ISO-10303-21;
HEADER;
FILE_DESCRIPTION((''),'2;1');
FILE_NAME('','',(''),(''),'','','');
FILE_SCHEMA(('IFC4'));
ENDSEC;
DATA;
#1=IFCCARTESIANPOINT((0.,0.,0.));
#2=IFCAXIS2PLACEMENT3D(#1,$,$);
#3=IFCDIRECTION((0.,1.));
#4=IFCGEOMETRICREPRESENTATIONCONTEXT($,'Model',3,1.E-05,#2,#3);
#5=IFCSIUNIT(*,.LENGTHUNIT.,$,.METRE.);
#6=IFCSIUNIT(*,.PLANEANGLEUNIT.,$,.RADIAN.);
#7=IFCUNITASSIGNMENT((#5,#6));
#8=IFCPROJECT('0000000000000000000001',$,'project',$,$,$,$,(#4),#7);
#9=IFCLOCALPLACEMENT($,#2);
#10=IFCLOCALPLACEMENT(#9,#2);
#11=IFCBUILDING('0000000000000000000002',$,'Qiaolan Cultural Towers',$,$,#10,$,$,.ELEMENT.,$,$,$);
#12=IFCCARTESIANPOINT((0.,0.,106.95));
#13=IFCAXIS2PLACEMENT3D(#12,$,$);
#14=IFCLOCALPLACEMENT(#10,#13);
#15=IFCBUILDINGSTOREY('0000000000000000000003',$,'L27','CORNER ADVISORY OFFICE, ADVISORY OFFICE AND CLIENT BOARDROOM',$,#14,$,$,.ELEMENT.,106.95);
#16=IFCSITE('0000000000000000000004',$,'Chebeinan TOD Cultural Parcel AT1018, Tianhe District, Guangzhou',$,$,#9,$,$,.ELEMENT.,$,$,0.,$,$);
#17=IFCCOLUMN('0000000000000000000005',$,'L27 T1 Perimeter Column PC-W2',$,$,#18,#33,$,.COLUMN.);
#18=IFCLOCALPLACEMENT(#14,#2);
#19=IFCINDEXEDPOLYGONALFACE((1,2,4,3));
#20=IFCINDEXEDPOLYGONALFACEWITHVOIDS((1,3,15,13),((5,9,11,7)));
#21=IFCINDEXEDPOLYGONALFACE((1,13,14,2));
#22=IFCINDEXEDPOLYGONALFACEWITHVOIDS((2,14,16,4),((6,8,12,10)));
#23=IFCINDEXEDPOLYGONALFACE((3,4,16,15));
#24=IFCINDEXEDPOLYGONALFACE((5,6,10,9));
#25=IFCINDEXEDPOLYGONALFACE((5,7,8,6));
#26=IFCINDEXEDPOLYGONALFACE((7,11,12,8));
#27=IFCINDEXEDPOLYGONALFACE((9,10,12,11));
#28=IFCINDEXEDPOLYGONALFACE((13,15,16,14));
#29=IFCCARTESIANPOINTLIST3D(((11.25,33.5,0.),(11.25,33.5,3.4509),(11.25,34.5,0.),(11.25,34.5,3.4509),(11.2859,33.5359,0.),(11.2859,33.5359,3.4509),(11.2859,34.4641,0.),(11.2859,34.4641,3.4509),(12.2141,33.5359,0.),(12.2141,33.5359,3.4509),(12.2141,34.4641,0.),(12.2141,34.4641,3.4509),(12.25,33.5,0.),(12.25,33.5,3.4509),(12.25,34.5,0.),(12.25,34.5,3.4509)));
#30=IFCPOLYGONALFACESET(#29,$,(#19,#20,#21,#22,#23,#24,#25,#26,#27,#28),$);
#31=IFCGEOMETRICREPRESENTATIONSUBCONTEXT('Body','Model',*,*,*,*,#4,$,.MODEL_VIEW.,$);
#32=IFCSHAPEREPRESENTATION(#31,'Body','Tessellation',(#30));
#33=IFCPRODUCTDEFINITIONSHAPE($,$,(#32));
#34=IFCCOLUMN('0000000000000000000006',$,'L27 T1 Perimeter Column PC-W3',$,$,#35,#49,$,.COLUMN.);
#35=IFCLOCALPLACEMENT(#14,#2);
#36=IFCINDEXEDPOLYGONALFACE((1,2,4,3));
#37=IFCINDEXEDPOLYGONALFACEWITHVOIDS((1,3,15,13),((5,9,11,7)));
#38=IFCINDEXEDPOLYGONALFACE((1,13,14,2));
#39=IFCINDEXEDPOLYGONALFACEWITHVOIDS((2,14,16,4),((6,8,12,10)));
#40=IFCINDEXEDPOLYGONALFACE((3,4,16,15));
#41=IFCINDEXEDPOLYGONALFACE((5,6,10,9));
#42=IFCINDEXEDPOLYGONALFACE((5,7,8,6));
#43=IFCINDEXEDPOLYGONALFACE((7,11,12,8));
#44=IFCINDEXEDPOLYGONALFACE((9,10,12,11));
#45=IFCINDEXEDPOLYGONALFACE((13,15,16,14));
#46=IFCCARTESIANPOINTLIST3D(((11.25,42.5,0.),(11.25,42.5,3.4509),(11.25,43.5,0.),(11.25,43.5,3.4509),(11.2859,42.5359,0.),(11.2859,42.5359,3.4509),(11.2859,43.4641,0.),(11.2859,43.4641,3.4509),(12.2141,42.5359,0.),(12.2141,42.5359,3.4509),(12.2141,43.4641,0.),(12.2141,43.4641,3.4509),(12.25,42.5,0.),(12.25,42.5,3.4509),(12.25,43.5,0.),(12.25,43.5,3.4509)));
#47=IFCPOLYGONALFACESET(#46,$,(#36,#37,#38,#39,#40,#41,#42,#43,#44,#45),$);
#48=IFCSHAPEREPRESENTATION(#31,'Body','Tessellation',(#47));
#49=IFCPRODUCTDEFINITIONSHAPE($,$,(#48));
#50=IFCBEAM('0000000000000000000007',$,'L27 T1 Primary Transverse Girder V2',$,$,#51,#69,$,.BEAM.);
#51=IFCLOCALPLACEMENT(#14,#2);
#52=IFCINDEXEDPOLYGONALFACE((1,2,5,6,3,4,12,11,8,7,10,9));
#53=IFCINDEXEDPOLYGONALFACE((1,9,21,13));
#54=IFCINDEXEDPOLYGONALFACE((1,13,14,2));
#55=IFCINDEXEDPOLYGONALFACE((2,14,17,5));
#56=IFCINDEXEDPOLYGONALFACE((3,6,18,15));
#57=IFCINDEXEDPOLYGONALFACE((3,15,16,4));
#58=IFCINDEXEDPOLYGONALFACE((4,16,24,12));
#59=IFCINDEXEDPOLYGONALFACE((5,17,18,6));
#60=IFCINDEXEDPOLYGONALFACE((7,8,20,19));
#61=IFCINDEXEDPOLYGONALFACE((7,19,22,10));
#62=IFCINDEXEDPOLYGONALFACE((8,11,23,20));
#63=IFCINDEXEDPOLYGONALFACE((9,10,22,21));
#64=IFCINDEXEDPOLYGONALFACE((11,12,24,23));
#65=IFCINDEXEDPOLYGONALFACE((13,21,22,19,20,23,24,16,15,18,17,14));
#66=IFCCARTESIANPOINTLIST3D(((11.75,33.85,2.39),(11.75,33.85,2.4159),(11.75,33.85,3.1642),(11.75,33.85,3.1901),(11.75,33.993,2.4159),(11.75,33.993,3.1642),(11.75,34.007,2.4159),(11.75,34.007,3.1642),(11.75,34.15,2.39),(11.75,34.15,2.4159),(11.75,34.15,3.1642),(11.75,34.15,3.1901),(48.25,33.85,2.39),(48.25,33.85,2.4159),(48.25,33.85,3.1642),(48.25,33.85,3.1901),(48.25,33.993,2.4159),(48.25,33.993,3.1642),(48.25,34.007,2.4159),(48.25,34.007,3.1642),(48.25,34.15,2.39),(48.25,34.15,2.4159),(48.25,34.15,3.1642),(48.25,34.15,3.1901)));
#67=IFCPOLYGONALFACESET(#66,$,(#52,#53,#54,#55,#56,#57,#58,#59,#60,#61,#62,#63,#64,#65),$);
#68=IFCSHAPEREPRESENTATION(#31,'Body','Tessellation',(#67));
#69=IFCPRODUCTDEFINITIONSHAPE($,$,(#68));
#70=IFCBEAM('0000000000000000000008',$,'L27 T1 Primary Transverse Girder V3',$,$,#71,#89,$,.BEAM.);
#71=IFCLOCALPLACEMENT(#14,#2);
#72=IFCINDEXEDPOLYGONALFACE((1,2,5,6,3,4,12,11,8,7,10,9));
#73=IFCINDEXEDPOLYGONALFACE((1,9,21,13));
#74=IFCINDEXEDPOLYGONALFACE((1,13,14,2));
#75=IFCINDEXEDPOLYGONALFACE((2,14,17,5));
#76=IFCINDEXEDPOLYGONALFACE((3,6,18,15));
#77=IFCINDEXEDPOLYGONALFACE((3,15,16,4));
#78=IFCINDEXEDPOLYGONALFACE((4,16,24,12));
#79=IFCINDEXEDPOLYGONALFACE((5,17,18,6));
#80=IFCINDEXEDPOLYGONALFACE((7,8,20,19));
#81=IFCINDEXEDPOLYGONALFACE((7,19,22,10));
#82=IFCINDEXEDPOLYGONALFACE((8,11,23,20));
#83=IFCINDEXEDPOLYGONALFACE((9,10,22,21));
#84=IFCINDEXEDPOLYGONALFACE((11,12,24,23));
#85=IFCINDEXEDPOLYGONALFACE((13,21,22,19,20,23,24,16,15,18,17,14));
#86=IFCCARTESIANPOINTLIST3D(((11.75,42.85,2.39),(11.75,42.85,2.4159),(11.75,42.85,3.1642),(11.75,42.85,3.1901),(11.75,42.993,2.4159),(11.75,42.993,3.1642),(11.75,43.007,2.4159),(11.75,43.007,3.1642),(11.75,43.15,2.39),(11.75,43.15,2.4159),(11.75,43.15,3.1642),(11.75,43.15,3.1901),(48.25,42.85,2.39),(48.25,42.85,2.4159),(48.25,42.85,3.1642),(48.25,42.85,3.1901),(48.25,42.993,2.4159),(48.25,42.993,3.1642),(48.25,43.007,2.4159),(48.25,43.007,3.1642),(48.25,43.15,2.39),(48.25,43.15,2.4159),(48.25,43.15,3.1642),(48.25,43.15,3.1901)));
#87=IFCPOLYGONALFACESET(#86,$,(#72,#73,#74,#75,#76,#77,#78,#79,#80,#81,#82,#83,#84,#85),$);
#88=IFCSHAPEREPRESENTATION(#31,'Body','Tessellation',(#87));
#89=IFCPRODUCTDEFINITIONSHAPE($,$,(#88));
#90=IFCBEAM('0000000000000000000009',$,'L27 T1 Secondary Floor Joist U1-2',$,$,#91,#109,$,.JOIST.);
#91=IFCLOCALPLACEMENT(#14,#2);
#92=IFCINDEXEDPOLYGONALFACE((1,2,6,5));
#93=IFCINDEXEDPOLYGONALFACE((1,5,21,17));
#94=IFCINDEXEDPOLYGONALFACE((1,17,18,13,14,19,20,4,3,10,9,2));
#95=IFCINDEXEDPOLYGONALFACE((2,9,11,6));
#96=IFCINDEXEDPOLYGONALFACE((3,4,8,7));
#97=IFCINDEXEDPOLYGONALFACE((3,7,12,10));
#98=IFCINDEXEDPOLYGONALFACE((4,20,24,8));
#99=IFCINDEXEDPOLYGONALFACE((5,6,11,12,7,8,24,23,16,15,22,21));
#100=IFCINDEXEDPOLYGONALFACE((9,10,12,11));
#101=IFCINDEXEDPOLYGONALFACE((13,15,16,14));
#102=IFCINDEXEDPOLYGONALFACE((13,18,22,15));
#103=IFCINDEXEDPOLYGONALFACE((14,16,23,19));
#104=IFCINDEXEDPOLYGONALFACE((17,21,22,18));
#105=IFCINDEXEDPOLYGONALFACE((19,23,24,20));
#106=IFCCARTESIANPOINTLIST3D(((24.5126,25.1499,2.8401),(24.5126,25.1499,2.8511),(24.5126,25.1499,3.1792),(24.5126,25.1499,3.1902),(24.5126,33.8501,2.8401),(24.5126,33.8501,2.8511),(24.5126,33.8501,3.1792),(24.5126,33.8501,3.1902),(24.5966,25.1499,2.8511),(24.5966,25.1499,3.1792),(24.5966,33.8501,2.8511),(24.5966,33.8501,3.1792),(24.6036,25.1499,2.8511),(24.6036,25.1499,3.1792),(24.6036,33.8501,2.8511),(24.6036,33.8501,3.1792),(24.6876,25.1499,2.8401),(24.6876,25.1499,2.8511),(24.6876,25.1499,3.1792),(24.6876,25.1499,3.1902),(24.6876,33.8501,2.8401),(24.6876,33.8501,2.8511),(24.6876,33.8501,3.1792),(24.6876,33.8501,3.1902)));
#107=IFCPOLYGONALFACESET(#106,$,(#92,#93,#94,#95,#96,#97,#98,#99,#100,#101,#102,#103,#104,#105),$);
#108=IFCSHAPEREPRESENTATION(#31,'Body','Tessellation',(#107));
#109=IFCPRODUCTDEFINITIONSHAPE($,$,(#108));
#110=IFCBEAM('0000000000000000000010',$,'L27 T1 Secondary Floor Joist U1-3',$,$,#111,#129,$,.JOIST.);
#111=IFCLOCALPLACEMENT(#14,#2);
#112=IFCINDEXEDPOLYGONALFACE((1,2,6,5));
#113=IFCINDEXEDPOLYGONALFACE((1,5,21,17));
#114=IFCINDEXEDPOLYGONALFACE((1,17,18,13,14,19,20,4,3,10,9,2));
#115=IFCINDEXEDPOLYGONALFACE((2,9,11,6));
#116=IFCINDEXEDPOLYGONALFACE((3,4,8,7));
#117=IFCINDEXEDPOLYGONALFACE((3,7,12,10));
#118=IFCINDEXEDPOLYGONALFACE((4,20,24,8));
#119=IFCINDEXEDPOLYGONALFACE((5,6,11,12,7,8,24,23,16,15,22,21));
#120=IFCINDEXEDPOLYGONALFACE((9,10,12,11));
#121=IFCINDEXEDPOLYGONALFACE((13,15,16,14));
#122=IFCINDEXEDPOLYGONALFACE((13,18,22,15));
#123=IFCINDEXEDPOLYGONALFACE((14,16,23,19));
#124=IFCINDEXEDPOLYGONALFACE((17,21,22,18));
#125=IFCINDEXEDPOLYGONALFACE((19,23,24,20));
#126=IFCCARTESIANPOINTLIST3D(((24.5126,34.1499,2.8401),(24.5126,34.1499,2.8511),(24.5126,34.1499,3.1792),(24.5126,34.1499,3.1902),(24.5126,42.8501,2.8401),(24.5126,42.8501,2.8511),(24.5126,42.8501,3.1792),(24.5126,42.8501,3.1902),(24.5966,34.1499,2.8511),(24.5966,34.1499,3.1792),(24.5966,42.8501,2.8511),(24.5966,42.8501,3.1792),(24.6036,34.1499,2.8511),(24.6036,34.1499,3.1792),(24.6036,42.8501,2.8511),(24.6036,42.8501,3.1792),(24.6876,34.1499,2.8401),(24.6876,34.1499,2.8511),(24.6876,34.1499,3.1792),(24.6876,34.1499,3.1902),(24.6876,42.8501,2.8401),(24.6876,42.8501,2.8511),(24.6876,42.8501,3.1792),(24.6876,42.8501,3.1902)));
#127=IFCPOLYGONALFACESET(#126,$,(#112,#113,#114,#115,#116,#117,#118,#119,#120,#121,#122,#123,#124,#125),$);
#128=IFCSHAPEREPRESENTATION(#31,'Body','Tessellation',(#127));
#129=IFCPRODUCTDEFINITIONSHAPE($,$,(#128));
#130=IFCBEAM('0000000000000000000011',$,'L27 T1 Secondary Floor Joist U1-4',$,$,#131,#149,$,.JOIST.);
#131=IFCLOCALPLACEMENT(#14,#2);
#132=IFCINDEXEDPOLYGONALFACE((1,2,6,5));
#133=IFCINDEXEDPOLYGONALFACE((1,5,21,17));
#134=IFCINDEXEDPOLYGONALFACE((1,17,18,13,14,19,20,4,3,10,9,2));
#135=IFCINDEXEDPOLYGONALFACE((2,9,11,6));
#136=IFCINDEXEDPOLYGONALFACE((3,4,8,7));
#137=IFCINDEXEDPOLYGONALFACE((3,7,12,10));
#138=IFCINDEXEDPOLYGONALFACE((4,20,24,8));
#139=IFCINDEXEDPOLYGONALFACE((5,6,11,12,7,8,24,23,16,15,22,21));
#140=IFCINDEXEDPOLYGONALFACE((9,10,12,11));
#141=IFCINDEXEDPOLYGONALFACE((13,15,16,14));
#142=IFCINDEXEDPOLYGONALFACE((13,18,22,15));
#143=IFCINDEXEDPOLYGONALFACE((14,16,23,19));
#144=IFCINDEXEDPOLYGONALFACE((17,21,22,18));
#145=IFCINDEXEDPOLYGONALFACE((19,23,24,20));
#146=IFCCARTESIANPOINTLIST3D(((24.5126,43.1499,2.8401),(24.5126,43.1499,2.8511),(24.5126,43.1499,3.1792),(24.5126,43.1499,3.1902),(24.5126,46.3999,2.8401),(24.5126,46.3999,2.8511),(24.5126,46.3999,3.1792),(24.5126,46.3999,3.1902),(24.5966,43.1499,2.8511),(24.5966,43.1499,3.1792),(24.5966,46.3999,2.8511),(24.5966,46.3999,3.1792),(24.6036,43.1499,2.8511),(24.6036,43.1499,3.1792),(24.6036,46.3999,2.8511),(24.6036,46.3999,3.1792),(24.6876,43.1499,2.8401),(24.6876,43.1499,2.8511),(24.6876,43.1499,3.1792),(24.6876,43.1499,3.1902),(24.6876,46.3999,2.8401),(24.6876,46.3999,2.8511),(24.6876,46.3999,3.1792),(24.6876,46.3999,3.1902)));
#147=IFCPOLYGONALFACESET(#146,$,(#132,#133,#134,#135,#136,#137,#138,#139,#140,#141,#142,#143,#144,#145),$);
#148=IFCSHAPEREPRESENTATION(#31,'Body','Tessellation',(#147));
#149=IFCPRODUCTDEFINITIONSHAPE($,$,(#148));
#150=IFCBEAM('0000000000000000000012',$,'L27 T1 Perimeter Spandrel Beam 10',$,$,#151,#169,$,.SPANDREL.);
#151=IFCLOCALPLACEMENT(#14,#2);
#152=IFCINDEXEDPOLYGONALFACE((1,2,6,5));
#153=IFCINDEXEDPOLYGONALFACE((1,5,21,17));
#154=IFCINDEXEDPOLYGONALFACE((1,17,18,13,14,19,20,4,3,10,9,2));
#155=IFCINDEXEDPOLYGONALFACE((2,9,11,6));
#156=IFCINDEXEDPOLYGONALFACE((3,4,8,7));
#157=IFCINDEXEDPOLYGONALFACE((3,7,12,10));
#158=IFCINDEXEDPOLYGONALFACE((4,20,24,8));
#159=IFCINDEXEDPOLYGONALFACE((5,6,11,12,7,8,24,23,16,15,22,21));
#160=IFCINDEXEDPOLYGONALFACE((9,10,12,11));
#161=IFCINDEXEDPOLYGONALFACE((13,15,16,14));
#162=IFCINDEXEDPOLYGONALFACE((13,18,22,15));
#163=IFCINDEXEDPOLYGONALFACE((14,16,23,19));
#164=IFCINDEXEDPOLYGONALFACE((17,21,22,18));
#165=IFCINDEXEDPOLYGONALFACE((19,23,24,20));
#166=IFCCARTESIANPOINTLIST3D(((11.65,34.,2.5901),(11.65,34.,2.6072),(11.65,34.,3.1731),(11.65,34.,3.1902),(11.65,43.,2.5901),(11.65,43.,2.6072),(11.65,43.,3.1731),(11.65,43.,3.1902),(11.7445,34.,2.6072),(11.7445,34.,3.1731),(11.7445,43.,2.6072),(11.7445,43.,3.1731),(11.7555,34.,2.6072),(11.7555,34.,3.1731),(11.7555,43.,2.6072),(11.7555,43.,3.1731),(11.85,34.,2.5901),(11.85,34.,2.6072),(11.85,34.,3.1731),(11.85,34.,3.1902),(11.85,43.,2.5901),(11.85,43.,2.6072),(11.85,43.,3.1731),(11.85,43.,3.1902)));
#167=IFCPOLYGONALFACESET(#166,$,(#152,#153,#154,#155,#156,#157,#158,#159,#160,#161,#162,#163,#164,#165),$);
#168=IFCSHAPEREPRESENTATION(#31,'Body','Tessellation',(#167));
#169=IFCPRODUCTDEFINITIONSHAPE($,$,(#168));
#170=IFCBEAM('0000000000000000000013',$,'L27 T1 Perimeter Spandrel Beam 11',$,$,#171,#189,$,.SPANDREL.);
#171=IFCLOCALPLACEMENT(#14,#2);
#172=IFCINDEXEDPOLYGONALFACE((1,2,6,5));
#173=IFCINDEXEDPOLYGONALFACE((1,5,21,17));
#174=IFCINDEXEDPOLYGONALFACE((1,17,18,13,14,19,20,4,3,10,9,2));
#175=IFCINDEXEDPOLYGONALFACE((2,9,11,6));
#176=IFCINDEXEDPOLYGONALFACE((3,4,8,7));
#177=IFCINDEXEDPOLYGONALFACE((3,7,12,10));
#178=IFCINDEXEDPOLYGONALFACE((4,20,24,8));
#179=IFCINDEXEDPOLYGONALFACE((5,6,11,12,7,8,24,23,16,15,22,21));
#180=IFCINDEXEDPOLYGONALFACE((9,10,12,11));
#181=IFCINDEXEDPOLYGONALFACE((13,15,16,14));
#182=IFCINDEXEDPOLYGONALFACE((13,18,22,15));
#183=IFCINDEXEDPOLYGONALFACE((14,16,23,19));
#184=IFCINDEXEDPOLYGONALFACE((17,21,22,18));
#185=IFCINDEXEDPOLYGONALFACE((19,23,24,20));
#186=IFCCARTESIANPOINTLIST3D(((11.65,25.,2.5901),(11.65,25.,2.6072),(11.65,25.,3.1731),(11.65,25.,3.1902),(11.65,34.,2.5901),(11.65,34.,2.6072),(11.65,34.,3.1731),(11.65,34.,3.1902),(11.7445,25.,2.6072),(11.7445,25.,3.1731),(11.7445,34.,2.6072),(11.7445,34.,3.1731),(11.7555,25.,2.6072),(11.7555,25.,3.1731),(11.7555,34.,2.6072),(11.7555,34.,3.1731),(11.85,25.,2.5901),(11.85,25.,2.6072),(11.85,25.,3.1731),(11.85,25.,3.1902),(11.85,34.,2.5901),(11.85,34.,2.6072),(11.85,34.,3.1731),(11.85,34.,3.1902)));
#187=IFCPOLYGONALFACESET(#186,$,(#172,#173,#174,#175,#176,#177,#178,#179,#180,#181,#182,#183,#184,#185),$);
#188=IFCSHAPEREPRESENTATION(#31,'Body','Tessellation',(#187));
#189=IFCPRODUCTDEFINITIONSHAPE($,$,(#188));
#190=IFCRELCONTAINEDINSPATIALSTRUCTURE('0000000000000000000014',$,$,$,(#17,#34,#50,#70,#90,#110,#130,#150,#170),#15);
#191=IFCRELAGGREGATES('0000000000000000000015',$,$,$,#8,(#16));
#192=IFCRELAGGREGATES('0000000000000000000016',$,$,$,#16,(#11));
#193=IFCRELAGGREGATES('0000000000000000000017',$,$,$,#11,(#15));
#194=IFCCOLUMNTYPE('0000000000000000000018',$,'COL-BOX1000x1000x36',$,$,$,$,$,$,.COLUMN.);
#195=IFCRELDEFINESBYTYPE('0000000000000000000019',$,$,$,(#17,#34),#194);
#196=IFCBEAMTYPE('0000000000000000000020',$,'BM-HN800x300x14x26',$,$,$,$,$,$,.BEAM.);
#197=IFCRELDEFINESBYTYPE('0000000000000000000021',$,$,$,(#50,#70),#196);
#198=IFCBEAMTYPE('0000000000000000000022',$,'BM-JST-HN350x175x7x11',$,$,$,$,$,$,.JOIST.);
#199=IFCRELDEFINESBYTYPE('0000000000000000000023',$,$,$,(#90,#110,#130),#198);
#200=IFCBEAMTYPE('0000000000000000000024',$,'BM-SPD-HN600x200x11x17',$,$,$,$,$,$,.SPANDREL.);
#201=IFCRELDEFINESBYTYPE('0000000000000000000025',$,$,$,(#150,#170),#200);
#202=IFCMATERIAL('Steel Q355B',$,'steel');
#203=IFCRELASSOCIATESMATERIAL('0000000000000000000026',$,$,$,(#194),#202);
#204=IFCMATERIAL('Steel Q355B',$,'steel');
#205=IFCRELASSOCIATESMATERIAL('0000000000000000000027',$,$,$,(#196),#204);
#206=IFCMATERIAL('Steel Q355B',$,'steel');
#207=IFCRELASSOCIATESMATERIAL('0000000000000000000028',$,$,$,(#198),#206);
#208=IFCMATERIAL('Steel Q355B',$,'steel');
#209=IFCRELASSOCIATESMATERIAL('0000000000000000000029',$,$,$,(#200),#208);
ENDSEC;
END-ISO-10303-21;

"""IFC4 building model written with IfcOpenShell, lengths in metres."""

from ifc_helpers import new_model, si_unit, direction, frame, origin, origin_2d, place, context, subcontext, project, spatial, hollow_rectangle, i_section, extrude, material, material_profile, profile_set, type_object, element, save


model = new_model("IFC4")

# Units and contexts
model_context = context("Model", 3, precision=1e-05, world=origin(), true_north=direction((0.0, 1.0)))
body_context = subcontext(model_context, "Body", "Model", "MODEL_VIEW")
ifc_project = project(units=[si_unit("LENGTHUNIT", "METRE"), si_unit("PLANEANGLEUNIT", "RADIAN")], contexts=[model_context])

# Site, building, storey
site_placement = place(None, origin())
site = spatial("IfcSite", under=ifc_project, at=site_placement, Name="Chebeinan TOD Cultural Parcel AT1018, Tianhe District, Guangzhou", CompositionType="ELEMENT", RefElevation=0.0)
building_placement = place(site_placement, origin())
building = spatial("IfcBuilding", under=site, at=building_placement, Name="Qiaolan Cultural Towers", CompositionType="ELEMENT")
storey_placement = place(building_placement, frame((0.0, 0.0, 106.95)))
storey = spatial("IfcBuildingStorey", under=building, at=storey_placement, Name="L27", Description="CORNER ADVISORY OFFICE, ADVISORY OFFICE AND CLIENT BOARDROOM", CompositionType="ELEMENT", Elevation=106.95)

# Columns
ifc_material_1 = material(Name="Steel Q355B", Category="steel")
ifc_material_profile_1 = material_profile(ifc_material_1, hollow_rectangle(XDim=1.0, YDim=1.0, WallThickness=0.0359, at=origin_2d()), Name="BOX1000x1000x36")
ifc_profile_set_1 = profile_set([ifc_material_profile_1], Name="Steel Q355B")
column_type = type_object("IfcColumnType", Name="COL-BOX1000x1000x36", PredefinedType="COLUMN", material=ifc_profile_set_1)
for number, where, z_axis, x_axis, name in (
    (1, (11.75, 34.0, 0.0), (0.0, 0.0, 1.0), (1.0, 0.0, 0.0), "L27 T1 Perimeter Column PC-W2"),
    (2, (11.75, 43.0, 0.0), (0.0, 0.0, 1.0), (1.0, 0.0, 0.0), "L27 T1 Perimeter Column PC-W3"),
):
    element("IfcColumn", number, at=place(storey_placement, frame(where, z_axis=z_axis, x_axis=x_axis)), inside=storey, type_object=column_type, Name=name, PredefinedType="COLUMN", context=body_context, shape_type="SweptSolid", body=[
        extrude(hollow_rectangle(XDim=1.0, YDim=1.0, WallThickness=0.0359, at=origin_2d()), origin(), (0.0, 0.0, 1.0), 3.4509),
    ])

# Beams
ifc_material_2 = material(Name="Steel Q355B", Category="steel")
ifc_material_profile_2 = material_profile(ifc_material_2, i_section(OverallWidth=0.3, OverallDepth=0.8, WebThickness=0.0139, FlangeThickness=0.0259, at=origin_2d()), Name="HN800x300x14x26")
ifc_profile_set_2 = profile_set([ifc_material_profile_2], Name="Steel Q355B")
beam_type_1 = type_object("IfcBeamType", Name="BM-HN800x300x14x26", PredefinedType="BEAM", material=ifc_profile_set_2)
for number, where, z_axis, x_axis, name in (
    (3, (11.75, 34.0, 2.79), (1.0, 0.0, 0.0), (0.0, 1.0, 0.0), "L27 T1 Primary Transverse Girder V2"),
    (4, (11.75, 43.0, 2.79), (1.0, 0.0, 0.0), (0.0, 1.0, 0.0), "L27 T1 Primary Transverse Girder V3"),
):
    element("IfcBeam", number, at=place(storey_placement, frame(where, z_axis=z_axis, x_axis=x_axis)), inside=storey, type_object=beam_type_1, Name=name, PredefinedType="BEAM", context=body_context, shape_type="SweptSolid", body=[
        extrude(i_section(OverallWidth=0.3, OverallDepth=0.8, WebThickness=0.0139, FlangeThickness=0.0259, at=origin_2d()), origin(), (0.0, 0.0, 1.0), 36.5),
    ])
ifc_material_3 = material(Name="Steel Q355B", Category="steel")
ifc_material_profile_3 = material_profile(ifc_material_3, i_section(OverallWidth=0.175, OverallDepth=0.3501, WebThickness=0.0071, FlangeThickness=0.011, at=origin_2d()), Name="HN350x175x7x11")
ifc_profile_set_3 = profile_set([ifc_material_profile_3], Name="Steel Q355B")
beam_type_2 = type_object("IfcBeamType", Name="BM-JST-HN350x175x7x11", PredefinedType="JOIST", material=ifc_profile_set_3)
for number, where, z_axis, x_axis, name in (
    (5, (24.6001, 25.1499, 3.0151), (0.0, 1.0, 0.0), (-1.0, 0.0, 0.0), "L27 T1 Secondary Floor Joist U1-2"),
    (6, (24.6001, 34.1499, 3.0151), (0.0, 1.0, 0.0), (-1.0, 0.0, 0.0), "L27 T1 Secondary Floor Joist U1-3"),
):
    element("IfcBeam", number, at=place(storey_placement, frame(where, z_axis=z_axis, x_axis=x_axis)), inside=storey, type_object=beam_type_2, Name=name, PredefinedType="JOIST", context=body_context, shape_type="SweptSolid", body=[
        extrude(i_section(OverallWidth=0.175, OverallDepth=0.3501, WebThickness=0.0071, FlangeThickness=0.011, at=origin_2d()), origin(), (0.0, 0.0, 1.0), 8.7002),
    ])
beam_placement = place(storey_placement, frame((24.6001, 43.1499, 3.0151), z_axis=(0.0, 1.0, 0.0), x_axis=(-1.0, 0.0, 0.0)))
element("IfcBeam", 7, at=beam_placement, inside=storey, type_object=beam_type_2, Name="L27 T1 Secondary Floor Joist U1-4", PredefinedType="JOIST", context=body_context, shape_type="SweptSolid", body=[
    extrude(i_section(OverallWidth=0.175, OverallDepth=0.3501, WebThickness=0.0071, FlangeThickness=0.011, at=origin_2d()), origin(), (0.0, 0.0, 1.0), 3.25),
])
ifc_material_4 = material(Name="Steel Q355B", Category="steel")
ifc_material_profile_4 = material_profile(ifc_material_4, i_section(OverallWidth=0.2, OverallDepth=0.6001, WebThickness=0.011, FlangeThickness=0.0171, at=origin_2d()), Name="HN600x200x11x17")
ifc_profile_set_4 = profile_set([ifc_material_profile_4], Name="Steel Q355B")
beam_type_3 = type_object("IfcBeamType", Name="BM-SPD-HN600x200x11x17", PredefinedType="SPANDREL", material=ifc_profile_set_4)
for number, where, z_axis, x_axis, name in (
    (8, (11.75, 43.0, 2.8901), (0.0, -1.0, 0.0), (1.0, 0.0, 0.0), "L27 T1 Perimeter Spandrel Beam 10"),
    (9, (11.75, 34.0, 2.8901), (0.0, -1.0, 0.0), (1.0, 0.0, 0.0), "L27 T1 Perimeter Spandrel Beam 11"),
):
    element("IfcBeam", number, at=place(storey_placement, frame(where, z_axis=z_axis, x_axis=x_axis)), inside=storey, type_object=beam_type_3, Name=name, PredefinedType="SPANDREL", context=body_context, shape_type="SweptSolid", body=[
        extrude(i_section(OverallWidth=0.2, OverallDepth=0.6001, WebThickness=0.011, FlangeThickness=0.0171, at=origin_2d()), origin(), (0.0, 0.0, 1.0), 9.0),
    ])

save(model, "model.ifc")
